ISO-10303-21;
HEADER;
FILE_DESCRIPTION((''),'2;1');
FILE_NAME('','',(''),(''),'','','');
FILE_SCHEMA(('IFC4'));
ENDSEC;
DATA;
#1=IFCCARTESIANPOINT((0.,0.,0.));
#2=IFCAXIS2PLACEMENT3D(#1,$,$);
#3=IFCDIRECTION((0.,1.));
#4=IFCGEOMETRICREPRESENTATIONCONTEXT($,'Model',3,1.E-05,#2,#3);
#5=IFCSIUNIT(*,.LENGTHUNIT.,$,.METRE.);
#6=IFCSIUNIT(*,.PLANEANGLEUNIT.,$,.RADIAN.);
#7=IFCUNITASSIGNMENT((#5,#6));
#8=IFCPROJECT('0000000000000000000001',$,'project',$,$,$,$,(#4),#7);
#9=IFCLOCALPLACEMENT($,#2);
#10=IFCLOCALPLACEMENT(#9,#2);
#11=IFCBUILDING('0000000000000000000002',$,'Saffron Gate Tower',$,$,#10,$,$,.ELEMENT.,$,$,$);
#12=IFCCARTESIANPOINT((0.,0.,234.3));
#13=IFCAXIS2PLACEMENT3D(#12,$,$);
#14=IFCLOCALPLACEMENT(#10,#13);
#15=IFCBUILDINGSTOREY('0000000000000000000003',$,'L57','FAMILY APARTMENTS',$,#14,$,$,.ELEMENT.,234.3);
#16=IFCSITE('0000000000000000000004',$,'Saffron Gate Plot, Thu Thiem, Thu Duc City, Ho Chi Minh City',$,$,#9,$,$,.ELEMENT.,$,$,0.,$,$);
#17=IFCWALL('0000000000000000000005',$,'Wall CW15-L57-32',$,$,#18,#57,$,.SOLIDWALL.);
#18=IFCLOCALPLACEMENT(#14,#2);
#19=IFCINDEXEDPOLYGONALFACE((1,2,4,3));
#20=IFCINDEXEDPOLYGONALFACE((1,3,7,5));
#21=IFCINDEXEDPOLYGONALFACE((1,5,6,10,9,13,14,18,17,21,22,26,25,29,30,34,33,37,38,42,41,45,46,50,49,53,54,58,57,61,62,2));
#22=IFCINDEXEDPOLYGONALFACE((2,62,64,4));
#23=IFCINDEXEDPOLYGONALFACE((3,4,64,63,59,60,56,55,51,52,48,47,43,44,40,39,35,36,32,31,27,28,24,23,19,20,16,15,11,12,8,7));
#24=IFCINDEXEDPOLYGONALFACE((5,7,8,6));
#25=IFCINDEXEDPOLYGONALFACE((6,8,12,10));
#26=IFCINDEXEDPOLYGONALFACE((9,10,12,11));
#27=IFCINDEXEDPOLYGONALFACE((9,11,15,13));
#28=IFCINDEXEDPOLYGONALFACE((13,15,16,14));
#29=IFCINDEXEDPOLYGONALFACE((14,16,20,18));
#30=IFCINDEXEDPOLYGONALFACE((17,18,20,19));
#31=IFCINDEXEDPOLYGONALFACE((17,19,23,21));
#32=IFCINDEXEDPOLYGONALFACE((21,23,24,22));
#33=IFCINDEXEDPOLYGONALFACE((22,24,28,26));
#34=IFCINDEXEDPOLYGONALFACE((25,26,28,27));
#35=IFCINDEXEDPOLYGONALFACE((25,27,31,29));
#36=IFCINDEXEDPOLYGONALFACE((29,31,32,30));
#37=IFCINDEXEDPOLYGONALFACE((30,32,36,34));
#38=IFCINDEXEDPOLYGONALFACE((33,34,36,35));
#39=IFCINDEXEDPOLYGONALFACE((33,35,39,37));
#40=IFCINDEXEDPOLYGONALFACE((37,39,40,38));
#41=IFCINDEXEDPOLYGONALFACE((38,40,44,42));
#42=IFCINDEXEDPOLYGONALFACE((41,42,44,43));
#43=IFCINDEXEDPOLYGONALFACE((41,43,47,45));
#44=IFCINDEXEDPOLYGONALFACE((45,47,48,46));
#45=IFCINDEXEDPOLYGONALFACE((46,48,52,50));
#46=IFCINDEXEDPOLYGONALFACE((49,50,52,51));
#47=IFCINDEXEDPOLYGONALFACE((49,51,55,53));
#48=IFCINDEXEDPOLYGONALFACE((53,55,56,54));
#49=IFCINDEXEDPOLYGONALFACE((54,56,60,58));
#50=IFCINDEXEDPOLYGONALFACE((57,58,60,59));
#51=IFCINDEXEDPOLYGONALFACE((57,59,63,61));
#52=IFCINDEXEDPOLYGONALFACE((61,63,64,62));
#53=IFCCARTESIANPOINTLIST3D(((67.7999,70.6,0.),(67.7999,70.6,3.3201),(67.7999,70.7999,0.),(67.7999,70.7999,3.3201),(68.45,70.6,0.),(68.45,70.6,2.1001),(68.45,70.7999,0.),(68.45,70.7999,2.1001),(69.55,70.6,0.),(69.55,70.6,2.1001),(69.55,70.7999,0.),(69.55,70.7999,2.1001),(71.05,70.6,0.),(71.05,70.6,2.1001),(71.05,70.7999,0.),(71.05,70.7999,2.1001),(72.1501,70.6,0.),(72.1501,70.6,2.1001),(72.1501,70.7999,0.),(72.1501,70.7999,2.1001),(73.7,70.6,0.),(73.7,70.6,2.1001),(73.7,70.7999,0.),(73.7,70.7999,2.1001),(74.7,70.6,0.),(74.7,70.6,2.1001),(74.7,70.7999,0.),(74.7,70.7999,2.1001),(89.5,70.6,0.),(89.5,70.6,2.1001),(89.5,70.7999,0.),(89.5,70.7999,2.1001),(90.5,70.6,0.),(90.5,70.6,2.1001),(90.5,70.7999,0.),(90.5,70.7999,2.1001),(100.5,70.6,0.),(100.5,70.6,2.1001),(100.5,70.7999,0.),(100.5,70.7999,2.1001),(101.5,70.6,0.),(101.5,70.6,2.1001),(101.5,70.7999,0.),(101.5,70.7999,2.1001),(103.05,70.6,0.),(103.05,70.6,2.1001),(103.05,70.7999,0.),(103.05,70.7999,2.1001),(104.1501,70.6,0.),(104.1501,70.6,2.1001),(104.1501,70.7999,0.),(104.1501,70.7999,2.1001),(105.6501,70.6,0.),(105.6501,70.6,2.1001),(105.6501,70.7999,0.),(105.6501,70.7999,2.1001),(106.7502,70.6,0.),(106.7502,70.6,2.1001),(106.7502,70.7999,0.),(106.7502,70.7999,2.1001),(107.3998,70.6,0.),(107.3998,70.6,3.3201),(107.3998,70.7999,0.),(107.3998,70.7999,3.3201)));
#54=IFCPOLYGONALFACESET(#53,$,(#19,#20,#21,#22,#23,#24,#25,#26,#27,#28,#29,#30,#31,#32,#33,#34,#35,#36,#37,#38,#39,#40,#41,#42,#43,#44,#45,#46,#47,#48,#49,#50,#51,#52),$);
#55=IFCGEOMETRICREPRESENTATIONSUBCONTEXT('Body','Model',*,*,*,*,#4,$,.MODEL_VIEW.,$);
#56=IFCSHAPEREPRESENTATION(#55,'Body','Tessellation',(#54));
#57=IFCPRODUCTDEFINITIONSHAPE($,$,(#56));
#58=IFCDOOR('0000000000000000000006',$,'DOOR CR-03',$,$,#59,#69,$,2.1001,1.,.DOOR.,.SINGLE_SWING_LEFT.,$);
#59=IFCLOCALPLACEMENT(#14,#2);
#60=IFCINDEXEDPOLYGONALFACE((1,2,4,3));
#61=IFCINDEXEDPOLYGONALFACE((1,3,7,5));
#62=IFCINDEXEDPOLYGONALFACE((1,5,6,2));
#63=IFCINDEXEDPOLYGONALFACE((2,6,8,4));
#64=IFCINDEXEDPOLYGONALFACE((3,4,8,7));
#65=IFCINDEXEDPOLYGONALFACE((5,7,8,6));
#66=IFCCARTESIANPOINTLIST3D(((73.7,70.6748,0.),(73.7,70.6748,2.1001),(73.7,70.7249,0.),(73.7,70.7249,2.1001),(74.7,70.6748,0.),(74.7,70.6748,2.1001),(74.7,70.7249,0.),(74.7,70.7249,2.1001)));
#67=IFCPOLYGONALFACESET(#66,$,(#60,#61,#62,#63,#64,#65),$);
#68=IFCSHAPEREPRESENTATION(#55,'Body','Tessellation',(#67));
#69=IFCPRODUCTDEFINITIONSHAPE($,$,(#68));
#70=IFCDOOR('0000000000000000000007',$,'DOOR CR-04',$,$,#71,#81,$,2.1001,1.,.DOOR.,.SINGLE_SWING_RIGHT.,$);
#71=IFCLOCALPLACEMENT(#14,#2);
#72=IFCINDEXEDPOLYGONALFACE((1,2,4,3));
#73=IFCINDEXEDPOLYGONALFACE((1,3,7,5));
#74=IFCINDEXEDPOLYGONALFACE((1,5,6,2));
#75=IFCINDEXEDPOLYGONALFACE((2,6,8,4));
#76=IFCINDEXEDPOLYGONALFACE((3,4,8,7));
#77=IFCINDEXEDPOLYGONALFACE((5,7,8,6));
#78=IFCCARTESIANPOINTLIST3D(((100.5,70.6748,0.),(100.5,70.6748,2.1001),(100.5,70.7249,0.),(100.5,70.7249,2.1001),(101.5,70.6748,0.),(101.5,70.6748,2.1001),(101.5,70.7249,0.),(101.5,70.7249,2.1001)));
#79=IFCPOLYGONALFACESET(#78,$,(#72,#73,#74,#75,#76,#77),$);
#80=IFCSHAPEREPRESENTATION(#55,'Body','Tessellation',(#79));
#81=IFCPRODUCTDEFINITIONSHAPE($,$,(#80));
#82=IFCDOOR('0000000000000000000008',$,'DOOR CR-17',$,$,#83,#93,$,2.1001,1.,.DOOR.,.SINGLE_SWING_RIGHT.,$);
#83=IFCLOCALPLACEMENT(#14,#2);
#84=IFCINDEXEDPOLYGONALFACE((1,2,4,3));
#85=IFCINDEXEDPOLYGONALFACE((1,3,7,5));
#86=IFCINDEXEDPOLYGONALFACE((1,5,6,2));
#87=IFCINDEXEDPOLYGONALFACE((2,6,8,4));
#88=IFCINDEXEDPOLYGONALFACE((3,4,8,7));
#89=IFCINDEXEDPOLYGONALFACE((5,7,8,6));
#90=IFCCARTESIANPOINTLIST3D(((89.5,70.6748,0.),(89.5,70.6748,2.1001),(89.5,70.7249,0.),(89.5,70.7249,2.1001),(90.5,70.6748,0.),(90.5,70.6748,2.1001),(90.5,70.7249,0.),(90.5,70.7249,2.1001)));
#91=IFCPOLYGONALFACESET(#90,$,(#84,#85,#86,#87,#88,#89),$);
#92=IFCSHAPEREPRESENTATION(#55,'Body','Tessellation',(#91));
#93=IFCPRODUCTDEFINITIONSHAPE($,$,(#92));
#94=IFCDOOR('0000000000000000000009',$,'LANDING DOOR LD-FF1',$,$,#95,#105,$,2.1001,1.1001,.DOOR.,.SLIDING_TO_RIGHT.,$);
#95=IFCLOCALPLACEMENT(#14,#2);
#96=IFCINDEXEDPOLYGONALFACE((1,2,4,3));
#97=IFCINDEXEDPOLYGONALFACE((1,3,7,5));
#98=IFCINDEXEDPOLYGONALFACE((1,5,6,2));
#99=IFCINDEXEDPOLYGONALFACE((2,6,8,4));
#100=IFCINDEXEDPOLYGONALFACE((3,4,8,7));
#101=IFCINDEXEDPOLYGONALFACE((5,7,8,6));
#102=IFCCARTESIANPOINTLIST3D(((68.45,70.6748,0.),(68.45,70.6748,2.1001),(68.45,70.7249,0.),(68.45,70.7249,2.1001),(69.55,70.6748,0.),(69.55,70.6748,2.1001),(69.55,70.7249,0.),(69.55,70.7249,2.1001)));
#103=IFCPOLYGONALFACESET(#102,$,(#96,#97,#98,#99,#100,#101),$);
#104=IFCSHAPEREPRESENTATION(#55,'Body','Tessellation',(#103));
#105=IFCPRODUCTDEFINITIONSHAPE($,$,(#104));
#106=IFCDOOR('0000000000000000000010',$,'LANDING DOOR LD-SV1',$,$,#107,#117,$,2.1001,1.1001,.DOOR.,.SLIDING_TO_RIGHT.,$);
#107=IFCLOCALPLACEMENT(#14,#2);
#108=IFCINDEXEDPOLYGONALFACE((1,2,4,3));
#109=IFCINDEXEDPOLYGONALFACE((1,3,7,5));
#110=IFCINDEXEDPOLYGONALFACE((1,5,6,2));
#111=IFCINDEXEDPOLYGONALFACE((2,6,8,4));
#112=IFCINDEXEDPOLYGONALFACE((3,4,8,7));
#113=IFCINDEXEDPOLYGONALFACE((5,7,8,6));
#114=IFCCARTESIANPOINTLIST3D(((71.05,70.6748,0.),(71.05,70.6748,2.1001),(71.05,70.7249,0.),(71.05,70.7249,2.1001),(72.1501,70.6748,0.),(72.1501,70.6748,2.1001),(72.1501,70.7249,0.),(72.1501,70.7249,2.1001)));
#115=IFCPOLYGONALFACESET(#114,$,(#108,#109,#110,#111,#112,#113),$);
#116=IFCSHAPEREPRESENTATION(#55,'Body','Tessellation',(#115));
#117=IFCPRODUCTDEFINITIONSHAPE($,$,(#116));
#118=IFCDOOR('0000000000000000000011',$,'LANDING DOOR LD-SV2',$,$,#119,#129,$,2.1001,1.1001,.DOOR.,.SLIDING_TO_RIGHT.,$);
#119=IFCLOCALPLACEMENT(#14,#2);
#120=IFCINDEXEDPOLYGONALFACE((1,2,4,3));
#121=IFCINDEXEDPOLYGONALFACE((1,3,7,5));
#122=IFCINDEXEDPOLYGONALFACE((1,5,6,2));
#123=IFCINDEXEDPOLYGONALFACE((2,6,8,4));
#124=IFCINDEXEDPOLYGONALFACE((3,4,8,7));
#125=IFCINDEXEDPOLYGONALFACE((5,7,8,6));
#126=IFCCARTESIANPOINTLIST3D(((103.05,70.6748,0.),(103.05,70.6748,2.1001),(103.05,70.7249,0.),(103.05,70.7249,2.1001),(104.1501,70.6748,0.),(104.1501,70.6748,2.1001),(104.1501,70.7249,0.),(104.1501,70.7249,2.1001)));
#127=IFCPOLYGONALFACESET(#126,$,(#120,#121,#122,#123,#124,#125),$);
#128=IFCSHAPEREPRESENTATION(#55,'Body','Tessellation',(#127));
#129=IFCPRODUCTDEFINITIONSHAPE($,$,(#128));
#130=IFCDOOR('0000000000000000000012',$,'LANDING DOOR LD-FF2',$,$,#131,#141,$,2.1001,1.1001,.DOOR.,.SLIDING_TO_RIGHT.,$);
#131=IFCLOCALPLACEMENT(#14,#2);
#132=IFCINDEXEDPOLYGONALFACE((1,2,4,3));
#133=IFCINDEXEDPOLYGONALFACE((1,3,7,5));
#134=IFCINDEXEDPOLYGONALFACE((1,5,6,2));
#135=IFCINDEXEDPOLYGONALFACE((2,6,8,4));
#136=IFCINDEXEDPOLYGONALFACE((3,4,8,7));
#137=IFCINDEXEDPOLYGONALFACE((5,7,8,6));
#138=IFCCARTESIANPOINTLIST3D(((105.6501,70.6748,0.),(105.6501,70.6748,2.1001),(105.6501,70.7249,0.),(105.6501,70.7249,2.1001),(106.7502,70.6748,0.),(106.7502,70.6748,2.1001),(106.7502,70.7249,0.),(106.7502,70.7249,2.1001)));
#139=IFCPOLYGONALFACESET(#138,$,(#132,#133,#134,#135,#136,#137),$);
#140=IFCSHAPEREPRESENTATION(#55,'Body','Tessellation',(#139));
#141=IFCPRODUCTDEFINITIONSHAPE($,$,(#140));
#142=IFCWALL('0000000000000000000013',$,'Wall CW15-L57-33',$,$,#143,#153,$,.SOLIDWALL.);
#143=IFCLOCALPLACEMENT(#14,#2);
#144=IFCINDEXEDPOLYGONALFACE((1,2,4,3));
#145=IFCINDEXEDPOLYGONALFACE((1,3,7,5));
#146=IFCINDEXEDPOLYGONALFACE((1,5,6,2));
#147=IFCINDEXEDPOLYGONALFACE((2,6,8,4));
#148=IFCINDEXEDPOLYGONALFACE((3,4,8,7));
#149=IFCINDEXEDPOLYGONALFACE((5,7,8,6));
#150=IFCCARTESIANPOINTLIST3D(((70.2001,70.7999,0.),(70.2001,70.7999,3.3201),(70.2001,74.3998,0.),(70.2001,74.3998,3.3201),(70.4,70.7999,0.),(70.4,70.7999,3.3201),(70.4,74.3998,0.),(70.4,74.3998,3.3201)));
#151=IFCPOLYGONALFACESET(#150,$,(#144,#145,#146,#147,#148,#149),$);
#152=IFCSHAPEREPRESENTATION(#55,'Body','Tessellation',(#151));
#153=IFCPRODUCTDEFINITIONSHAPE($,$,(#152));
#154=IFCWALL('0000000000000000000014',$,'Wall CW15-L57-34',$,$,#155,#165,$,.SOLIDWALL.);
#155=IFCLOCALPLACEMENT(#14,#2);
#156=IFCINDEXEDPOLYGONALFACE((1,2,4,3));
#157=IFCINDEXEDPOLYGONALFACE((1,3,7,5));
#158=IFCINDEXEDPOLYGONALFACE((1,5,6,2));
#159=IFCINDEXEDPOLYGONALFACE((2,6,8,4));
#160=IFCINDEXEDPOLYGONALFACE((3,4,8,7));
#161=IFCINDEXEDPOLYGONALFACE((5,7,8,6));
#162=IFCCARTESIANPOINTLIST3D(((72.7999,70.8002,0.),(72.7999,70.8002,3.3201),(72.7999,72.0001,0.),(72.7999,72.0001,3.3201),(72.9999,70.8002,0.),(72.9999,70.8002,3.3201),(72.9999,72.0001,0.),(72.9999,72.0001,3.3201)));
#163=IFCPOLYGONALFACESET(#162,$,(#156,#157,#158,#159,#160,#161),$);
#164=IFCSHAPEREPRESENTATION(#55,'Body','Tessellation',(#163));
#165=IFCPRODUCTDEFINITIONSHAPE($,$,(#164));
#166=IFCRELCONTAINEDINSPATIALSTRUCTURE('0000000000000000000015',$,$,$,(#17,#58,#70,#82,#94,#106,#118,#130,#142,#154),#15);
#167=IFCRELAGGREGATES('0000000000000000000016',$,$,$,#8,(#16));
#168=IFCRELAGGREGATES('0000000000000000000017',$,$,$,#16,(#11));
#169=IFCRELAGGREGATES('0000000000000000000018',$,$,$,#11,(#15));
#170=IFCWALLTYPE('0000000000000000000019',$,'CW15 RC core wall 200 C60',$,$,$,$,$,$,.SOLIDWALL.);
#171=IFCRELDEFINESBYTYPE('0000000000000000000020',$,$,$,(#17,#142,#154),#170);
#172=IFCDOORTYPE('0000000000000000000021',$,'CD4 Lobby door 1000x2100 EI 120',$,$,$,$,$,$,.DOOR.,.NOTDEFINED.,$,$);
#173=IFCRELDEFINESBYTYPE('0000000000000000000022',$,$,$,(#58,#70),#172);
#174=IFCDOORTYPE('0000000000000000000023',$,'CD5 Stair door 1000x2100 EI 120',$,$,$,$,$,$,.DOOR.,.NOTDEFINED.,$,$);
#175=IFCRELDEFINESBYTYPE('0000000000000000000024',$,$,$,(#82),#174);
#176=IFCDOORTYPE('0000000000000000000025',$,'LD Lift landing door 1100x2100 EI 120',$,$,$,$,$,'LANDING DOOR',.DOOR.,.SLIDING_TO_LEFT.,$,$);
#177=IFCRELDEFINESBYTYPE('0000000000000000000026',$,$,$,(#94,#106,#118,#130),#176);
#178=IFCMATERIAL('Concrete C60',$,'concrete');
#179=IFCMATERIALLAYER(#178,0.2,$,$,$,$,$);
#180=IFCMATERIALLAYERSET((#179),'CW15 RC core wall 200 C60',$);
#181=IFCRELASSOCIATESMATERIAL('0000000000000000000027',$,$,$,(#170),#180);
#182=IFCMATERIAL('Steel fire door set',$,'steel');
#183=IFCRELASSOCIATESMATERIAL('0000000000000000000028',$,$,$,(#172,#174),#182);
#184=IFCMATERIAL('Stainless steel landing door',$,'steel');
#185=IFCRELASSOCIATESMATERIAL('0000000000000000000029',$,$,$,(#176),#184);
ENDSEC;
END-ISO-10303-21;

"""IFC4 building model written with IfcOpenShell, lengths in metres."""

from ifc_helpers import new_model, si_unit, direction, frame, frame_2d, origin, place, context, subcontext, project, spatial, rectangle, extrude, material, layer, layer_set, type_object, element, fill, save


model = new_model("IFC4")

# Units and contexts
model_context = context("Model", 3, precision=1e-05, world=origin(), true_north=direction((0.0, 1.0)))
body_context = subcontext(model_context, "Body", "Model", "MODEL_VIEW")
ifc_project = project(units=[si_unit("LENGTHUNIT", "METRE"), si_unit("PLANEANGLEUNIT", "RADIAN")], contexts=[model_context])

# Site, building, storey
site_placement = place(None, origin())
site = spatial("IfcSite", under=ifc_project, at=site_placement, Name="Saffron Gate Plot, Thu Thiem, Thu Duc City, Ho Chi Minh City", CompositionType="ELEMENT", RefElevation=0.0)
building_placement = place(site_placement, origin())
building = spatial("IfcBuilding", under=site, at=building_placement, Name="Saffron Gate Tower", CompositionType="ELEMENT")
storey_placement = place(building_placement, frame((0.0, 0.0, 234.3)))
storey = spatial("IfcBuildingStorey", under=building, at=storey_placement, Name="L57", Description="FAMILY APARTMENTS", CompositionType="ELEMENT", Elevation=234.3)

# Wall, openings, doors
ifc_material_1 = material(Name="Concrete C60", Category="concrete")
ifc_layer_1 = layer(ifc_material_1, 0.2)
ifc_layer_set_1 = layer_set([ifc_layer_1], Name="CW15 RC core wall 200 C60")
wall_type_1 = type_object("IfcWallType", Name="CW15 RC core wall 200 C60", PredefinedType="SOLIDWALL", material=ifc_layer_set_1)
wall_1_placement = place(storey_placement, frame((67.8, 70.7, 0.0), z_axis=(0.0, 0.0, 1.0), x_axis=(1.0, 0.0, 0.0)))
wall_1 = element("IfcWall", 1, at=wall_1_placement, inside=storey, type_object=wall_type_1, Name="Wall CW15-L57-32", PredefinedType="SOLIDWALL", context=body_context, shape_type="SweptSolid", body=[
    extrude(rectangle(XDim=39.5999, YDim=0.2, at=frame_2d((19.7998, 0.0))), origin(), (0.0, 0.0, 1.0), 3.3201),
])
opening_1_placement = place(wall_1_placement, frame((0.6499, 0.0, 0.0)))
opening_1 = element("IfcOpeningElement", 2, at=opening_1_placement, cuts=wall_1, PredefinedType="OPENING", context=body_context, shape_type="SweptSolid", body=[
    extrude(rectangle(XDim=1.1001, YDim=2.1001, at=frame_2d((0.55, 1.05))), frame((0.0, 0.1099, 0.0), z_axis=(0.0, -1.0, 0.0), x_axis=(1.0, 0.0, 0.0)), (0.0, 0.0, 1.0), 0.22),
])
opening_2_placement = place(wall_1_placement, frame((3.25, 0.0, 0.0)))
opening_2 = element("IfcOpeningElement", 3, at=opening_2_placement, cuts=wall_1, PredefinedType="OPENING", context=body_context, shape_type="SweptSolid", body=[
    extrude(rectangle(XDim=1.1001, YDim=2.1001, at=frame_2d((0.55, 1.05))), frame((0.0, 0.1099, 0.0), z_axis=(0.0, -1.0, 0.0), x_axis=(1.0, 0.0, 0.0)), (0.0, 0.0, 1.0), 0.22),
])
opening_3_placement = place(wall_1_placement, frame((5.8999, 0.0, 0.0)))
opening_3 = element("IfcOpeningElement", 4, at=opening_3_placement, cuts=wall_1, PredefinedType="OPENING", context=body_context, shape_type="SweptSolid", body=[
    extrude(rectangle(XDim=1.0, YDim=2.1001, at=frame_2d((0.5, 1.05))), frame((0.0, 0.1099, 0.0), z_axis=(0.0, -1.0, 0.0), x_axis=(1.0, 0.0, 0.0)), (0.0, 0.0, 1.0), 0.22),
])
opening_4_placement = place(wall_1_placement, frame((21.7, 0.0, 0.0)))
opening_4 = element("IfcOpeningElement", 5, at=opening_4_placement, cuts=wall_1, PredefinedType="OPENING", context=body_context, shape_type="SweptSolid", body=[
    extrude(rectangle(XDim=1.0, YDim=2.1001, at=frame_2d((0.5, 1.05))), frame((0.0, 0.1099, 0.0), z_axis=(0.0, -1.0, 0.0), x_axis=(1.0, 0.0, 0.0)), (0.0, 0.0, 1.0), 0.22),
])
opening_5_placement = place(wall_1_placement, frame((32.7, 0.0, 0.0)))
opening_5 = element("IfcOpeningElement", 6, at=opening_5_placement, cuts=wall_1, PredefinedType="OPENING", context=body_context, shape_type="SweptSolid", body=[
    extrude(rectangle(XDim=1.0, YDim=2.1001, at=frame_2d((0.5, 1.05))), frame((0.0, 0.1099, 0.0), z_axis=(0.0, -1.0, 0.0), x_axis=(1.0, 0.0, 0.0)), (0.0, 0.0, 1.0), 0.22),
])
opening_6_placement = place(wall_1_placement, frame((35.25, 0.0, 0.0)))
opening_6 = element("IfcOpeningElement", 7, at=opening_6_placement, cuts=wall_1, PredefinedType="OPENING", context=body_context, shape_type="SweptSolid", body=[
    extrude(rectangle(XDim=1.1001, YDim=2.1001, at=frame_2d((0.55, 1.05))), frame((0.0, 0.1099, 0.0), z_axis=(0.0, -1.0, 0.0), x_axis=(1.0, 0.0, 0.0)), (0.0, 0.0, 1.0), 0.22),
])
opening_7_placement = place(wall_1_placement, frame((37.8501, 0.0, 0.0)))
opening_7 = element("IfcOpeningElement", 8, at=opening_7_placement, cuts=wall_1, PredefinedType="OPENING", context=body_context, shape_type="SweptSolid", body=[
    extrude(rectangle(XDim=1.1001, YDim=2.1001, at=frame_2d((0.55, 1.05))), frame((0.0, 0.1099, 0.0), z_axis=(0.0, -1.0, 0.0), x_axis=(1.0, 0.0, 0.0)), (0.0, 0.0, 1.0), 0.22),
])
ifc_material_2 = material(Name="Steel fire door set", Category="steel")
door_type_1 = type_object("IfcDoorType", Name="CD4 Lobby door 1000x2100 EI 120", OperationType="NOTDEFINED", PredefinedType="DOOR", material=ifc_material_2)
door_1_placement = place(opening_3_placement, origin())
door_1 = element("IfcDoor", 9, at=door_1_placement, inside=storey, type_object=door_type_1, Name="DOOR CR-03", OperationType="SINGLE_SWING_LEFT", OverallHeight=2.1001, OverallWidth=1.0, PredefinedType="DOOR", context=body_context, shape_type="SweptSolid", body=[
    extrude(rectangle(XDim=1.0, YDim=2.1001, at=frame_2d((0.5, 1.05))), frame((0.0, 0.0249, 0.0), z_axis=(0.0, -1.0, 0.0), x_axis=(1.0, 0.0, 0.0)), (0.0, 0.0, 1.0), 0.05),
])
fill(opening_3, door_1)
door_2_placement = place(opening_5_placement, origin())
door_2 = element("IfcDoor", 10, at=door_2_placement, inside=storey, type_object=door_type_1, Name="DOOR CR-04", OperationType="SINGLE_SWING_RIGHT", OverallHeight=2.1001, OverallWidth=1.0, PredefinedType="DOOR", context=body_context, shape_type="SweptSolid", body=[
    extrude(rectangle(XDim=1.0, YDim=2.1001, at=frame_2d((0.5, 1.05))), frame((0.0, 0.0249, 0.0), z_axis=(0.0, -1.0, 0.0), x_axis=(1.0, 0.0, 0.0)), (0.0, 0.0, 1.0), 0.05),
])
fill(opening_5, door_2)
door_type_2 = type_object("IfcDoorType", Name="CD5 Stair door 1000x2100 EI 120", OperationType="NOTDEFINED", PredefinedType="DOOR", material=ifc_material_2)
door_3_placement = place(opening_4_placement, origin())
door_3 = element("IfcDoor", 11, at=door_3_placement, inside=storey, type_object=door_type_2, Name="DOOR CR-17", OperationType="SINGLE_SWING_RIGHT", OverallHeight=2.1001, OverallWidth=1.0, PredefinedType="DOOR", context=body_context, shape_type="SweptSolid", body=[
    extrude(rectangle(XDim=1.0, YDim=2.1001, at=frame_2d((0.5, 1.05))), frame((0.0, 0.0249, 0.0), z_axis=(0.0, -1.0, 0.0), x_axis=(1.0, 0.0, 0.0)), (0.0, 0.0, 1.0), 0.05),
])
fill(opening_4, door_3)
ifc_material_3 = material(Name="Stainless steel landing door", Category="steel")
door_type_3 = type_object("IfcDoorType", Name="LD Lift landing door 1100x2100 EI 120", ElementType="LANDING DOOR", OperationType="SLIDING_TO_LEFT", PredefinedType="DOOR", material=ifc_material_3)
door_4_placement = place(opening_1_placement, origin())
door_4 = element("IfcDoor", 12, at=door_4_placement, inside=storey, type_object=door_type_3, Name="LANDING DOOR LD-FF1", OperationType="SLIDING_TO_RIGHT", OverallHeight=2.1001, OverallWidth=1.1001, PredefinedType="DOOR", context=body_context, shape_type="SweptSolid", body=[
    extrude(rectangle(XDim=1.1001, YDim=2.1001, at=frame_2d((0.55, 1.05))), frame((0.0, 0.0249, 0.0), z_axis=(0.0, -1.0, 0.0), x_axis=(1.0, 0.0, 0.0)), (0.0, 0.0, 1.0), 0.05),
])
fill(opening_1, door_4)
door_5_placement = place(opening_2_placement, origin())
door_5 = element("IfcDoor", 13, at=door_5_placement, inside=storey, type_object=door_type_3, Name="LANDING DOOR LD-SV1", OperationType="SLIDING_TO_RIGHT", OverallHeight=2.1001, OverallWidth=1.1001, PredefinedType="DOOR", context=body_context, shape_type="SweptSolid", body=[
    extrude(rectangle(XDim=1.1001, YDim=2.1001, at=frame_2d((0.55, 1.05))), frame((0.0, 0.0249, 0.0), z_axis=(0.0, -1.0, 0.0), x_axis=(1.0, 0.0, 0.0)), (0.0, 0.0, 1.0), 0.05),
])
fill(opening_2, door_5)
door_6_placement = place(opening_6_placement, origin())
door_6 = element("IfcDoor", 14, at=door_6_placement, inside=storey, type_object=door_type_3, Name="LANDING DOOR LD-SV2", OperationType="SLIDING_TO_RIGHT", OverallHeight=2.1001, OverallWidth=1.1001, PredefinedType="DOOR", context=body_context, shape_type="SweptSolid", body=[
    extrude(rectangle(XDim=1.1001, YDim=2.1001, at=frame_2d((0.55, 1.05))), frame((0.0, 0.0249, 0.0), z_axis=(0.0, -1.0, 0.0), x_axis=(1.0, 0.0, 0.0)), (0.0, 0.0, 1.0), 0.05),
])
fill(opening_6, door_6)
door_7_placement = place(opening_7_placement, origin())
door_7 = element("IfcDoor", 15, at=door_7_placement, inside=storey, type_object=door_type_3, Name="LANDING DOOR LD-FF2", OperationType="SLIDING_TO_RIGHT", OverallHeight=2.1001, OverallWidth=1.1001, PredefinedType="DOOR", context=body_context, shape_type="SweptSolid", body=[
    extrude(rectangle(XDim=1.1001, YDim=2.1001, at=frame_2d((0.55, 1.05))), frame((0.0, 0.0249, 0.0), z_axis=(0.0, -1.0, 0.0), x_axis=(1.0, 0.0, 0.0)), (0.0, 0.0, 1.0), 0.05),
])
fill(opening_7, door_7)

# Walls
wall_2_placement = place(storey_placement, frame((70.3, 70.8, 0.0), z_axis=(0.0, 0.0, 1.0), x_axis=(0.0, 1.0, 0.0)))
element("IfcWall", 16, at=wall_2_placement, inside=storey, type_object=wall_type_1, Name="Wall CW15-L57-33", PredefinedType="SOLIDWALL", context=body_context, shape_type="SweptSolid", body=[
    extrude(rectangle(XDim=3.5999, YDim=0.2, at=frame_2d((1.7998, 0.0))), origin(), (0.0, 0.0, 1.0), 3.3201),
])
wall_3_placement = place(storey_placement, frame((72.8999, 70.8, 0.0), z_axis=(0.0, 0.0, 1.0), x_axis=(0.0, 1.0, 0.0)))
element("IfcWall", 17, at=wall_3_placement, inside=storey, type_object=wall_type_1, Name="Wall CW15-L57-34", PredefinedType="SOLIDWALL", context=body_context, shape_type="SweptSolid", body=[
    extrude(rectangle(XDim=1.2, YDim=0.2, at=frame_2d((0.6001, 0.0))), origin(), (0.0, 0.0, 1.0), 3.3201),
])

save(model, "model.ifc")
